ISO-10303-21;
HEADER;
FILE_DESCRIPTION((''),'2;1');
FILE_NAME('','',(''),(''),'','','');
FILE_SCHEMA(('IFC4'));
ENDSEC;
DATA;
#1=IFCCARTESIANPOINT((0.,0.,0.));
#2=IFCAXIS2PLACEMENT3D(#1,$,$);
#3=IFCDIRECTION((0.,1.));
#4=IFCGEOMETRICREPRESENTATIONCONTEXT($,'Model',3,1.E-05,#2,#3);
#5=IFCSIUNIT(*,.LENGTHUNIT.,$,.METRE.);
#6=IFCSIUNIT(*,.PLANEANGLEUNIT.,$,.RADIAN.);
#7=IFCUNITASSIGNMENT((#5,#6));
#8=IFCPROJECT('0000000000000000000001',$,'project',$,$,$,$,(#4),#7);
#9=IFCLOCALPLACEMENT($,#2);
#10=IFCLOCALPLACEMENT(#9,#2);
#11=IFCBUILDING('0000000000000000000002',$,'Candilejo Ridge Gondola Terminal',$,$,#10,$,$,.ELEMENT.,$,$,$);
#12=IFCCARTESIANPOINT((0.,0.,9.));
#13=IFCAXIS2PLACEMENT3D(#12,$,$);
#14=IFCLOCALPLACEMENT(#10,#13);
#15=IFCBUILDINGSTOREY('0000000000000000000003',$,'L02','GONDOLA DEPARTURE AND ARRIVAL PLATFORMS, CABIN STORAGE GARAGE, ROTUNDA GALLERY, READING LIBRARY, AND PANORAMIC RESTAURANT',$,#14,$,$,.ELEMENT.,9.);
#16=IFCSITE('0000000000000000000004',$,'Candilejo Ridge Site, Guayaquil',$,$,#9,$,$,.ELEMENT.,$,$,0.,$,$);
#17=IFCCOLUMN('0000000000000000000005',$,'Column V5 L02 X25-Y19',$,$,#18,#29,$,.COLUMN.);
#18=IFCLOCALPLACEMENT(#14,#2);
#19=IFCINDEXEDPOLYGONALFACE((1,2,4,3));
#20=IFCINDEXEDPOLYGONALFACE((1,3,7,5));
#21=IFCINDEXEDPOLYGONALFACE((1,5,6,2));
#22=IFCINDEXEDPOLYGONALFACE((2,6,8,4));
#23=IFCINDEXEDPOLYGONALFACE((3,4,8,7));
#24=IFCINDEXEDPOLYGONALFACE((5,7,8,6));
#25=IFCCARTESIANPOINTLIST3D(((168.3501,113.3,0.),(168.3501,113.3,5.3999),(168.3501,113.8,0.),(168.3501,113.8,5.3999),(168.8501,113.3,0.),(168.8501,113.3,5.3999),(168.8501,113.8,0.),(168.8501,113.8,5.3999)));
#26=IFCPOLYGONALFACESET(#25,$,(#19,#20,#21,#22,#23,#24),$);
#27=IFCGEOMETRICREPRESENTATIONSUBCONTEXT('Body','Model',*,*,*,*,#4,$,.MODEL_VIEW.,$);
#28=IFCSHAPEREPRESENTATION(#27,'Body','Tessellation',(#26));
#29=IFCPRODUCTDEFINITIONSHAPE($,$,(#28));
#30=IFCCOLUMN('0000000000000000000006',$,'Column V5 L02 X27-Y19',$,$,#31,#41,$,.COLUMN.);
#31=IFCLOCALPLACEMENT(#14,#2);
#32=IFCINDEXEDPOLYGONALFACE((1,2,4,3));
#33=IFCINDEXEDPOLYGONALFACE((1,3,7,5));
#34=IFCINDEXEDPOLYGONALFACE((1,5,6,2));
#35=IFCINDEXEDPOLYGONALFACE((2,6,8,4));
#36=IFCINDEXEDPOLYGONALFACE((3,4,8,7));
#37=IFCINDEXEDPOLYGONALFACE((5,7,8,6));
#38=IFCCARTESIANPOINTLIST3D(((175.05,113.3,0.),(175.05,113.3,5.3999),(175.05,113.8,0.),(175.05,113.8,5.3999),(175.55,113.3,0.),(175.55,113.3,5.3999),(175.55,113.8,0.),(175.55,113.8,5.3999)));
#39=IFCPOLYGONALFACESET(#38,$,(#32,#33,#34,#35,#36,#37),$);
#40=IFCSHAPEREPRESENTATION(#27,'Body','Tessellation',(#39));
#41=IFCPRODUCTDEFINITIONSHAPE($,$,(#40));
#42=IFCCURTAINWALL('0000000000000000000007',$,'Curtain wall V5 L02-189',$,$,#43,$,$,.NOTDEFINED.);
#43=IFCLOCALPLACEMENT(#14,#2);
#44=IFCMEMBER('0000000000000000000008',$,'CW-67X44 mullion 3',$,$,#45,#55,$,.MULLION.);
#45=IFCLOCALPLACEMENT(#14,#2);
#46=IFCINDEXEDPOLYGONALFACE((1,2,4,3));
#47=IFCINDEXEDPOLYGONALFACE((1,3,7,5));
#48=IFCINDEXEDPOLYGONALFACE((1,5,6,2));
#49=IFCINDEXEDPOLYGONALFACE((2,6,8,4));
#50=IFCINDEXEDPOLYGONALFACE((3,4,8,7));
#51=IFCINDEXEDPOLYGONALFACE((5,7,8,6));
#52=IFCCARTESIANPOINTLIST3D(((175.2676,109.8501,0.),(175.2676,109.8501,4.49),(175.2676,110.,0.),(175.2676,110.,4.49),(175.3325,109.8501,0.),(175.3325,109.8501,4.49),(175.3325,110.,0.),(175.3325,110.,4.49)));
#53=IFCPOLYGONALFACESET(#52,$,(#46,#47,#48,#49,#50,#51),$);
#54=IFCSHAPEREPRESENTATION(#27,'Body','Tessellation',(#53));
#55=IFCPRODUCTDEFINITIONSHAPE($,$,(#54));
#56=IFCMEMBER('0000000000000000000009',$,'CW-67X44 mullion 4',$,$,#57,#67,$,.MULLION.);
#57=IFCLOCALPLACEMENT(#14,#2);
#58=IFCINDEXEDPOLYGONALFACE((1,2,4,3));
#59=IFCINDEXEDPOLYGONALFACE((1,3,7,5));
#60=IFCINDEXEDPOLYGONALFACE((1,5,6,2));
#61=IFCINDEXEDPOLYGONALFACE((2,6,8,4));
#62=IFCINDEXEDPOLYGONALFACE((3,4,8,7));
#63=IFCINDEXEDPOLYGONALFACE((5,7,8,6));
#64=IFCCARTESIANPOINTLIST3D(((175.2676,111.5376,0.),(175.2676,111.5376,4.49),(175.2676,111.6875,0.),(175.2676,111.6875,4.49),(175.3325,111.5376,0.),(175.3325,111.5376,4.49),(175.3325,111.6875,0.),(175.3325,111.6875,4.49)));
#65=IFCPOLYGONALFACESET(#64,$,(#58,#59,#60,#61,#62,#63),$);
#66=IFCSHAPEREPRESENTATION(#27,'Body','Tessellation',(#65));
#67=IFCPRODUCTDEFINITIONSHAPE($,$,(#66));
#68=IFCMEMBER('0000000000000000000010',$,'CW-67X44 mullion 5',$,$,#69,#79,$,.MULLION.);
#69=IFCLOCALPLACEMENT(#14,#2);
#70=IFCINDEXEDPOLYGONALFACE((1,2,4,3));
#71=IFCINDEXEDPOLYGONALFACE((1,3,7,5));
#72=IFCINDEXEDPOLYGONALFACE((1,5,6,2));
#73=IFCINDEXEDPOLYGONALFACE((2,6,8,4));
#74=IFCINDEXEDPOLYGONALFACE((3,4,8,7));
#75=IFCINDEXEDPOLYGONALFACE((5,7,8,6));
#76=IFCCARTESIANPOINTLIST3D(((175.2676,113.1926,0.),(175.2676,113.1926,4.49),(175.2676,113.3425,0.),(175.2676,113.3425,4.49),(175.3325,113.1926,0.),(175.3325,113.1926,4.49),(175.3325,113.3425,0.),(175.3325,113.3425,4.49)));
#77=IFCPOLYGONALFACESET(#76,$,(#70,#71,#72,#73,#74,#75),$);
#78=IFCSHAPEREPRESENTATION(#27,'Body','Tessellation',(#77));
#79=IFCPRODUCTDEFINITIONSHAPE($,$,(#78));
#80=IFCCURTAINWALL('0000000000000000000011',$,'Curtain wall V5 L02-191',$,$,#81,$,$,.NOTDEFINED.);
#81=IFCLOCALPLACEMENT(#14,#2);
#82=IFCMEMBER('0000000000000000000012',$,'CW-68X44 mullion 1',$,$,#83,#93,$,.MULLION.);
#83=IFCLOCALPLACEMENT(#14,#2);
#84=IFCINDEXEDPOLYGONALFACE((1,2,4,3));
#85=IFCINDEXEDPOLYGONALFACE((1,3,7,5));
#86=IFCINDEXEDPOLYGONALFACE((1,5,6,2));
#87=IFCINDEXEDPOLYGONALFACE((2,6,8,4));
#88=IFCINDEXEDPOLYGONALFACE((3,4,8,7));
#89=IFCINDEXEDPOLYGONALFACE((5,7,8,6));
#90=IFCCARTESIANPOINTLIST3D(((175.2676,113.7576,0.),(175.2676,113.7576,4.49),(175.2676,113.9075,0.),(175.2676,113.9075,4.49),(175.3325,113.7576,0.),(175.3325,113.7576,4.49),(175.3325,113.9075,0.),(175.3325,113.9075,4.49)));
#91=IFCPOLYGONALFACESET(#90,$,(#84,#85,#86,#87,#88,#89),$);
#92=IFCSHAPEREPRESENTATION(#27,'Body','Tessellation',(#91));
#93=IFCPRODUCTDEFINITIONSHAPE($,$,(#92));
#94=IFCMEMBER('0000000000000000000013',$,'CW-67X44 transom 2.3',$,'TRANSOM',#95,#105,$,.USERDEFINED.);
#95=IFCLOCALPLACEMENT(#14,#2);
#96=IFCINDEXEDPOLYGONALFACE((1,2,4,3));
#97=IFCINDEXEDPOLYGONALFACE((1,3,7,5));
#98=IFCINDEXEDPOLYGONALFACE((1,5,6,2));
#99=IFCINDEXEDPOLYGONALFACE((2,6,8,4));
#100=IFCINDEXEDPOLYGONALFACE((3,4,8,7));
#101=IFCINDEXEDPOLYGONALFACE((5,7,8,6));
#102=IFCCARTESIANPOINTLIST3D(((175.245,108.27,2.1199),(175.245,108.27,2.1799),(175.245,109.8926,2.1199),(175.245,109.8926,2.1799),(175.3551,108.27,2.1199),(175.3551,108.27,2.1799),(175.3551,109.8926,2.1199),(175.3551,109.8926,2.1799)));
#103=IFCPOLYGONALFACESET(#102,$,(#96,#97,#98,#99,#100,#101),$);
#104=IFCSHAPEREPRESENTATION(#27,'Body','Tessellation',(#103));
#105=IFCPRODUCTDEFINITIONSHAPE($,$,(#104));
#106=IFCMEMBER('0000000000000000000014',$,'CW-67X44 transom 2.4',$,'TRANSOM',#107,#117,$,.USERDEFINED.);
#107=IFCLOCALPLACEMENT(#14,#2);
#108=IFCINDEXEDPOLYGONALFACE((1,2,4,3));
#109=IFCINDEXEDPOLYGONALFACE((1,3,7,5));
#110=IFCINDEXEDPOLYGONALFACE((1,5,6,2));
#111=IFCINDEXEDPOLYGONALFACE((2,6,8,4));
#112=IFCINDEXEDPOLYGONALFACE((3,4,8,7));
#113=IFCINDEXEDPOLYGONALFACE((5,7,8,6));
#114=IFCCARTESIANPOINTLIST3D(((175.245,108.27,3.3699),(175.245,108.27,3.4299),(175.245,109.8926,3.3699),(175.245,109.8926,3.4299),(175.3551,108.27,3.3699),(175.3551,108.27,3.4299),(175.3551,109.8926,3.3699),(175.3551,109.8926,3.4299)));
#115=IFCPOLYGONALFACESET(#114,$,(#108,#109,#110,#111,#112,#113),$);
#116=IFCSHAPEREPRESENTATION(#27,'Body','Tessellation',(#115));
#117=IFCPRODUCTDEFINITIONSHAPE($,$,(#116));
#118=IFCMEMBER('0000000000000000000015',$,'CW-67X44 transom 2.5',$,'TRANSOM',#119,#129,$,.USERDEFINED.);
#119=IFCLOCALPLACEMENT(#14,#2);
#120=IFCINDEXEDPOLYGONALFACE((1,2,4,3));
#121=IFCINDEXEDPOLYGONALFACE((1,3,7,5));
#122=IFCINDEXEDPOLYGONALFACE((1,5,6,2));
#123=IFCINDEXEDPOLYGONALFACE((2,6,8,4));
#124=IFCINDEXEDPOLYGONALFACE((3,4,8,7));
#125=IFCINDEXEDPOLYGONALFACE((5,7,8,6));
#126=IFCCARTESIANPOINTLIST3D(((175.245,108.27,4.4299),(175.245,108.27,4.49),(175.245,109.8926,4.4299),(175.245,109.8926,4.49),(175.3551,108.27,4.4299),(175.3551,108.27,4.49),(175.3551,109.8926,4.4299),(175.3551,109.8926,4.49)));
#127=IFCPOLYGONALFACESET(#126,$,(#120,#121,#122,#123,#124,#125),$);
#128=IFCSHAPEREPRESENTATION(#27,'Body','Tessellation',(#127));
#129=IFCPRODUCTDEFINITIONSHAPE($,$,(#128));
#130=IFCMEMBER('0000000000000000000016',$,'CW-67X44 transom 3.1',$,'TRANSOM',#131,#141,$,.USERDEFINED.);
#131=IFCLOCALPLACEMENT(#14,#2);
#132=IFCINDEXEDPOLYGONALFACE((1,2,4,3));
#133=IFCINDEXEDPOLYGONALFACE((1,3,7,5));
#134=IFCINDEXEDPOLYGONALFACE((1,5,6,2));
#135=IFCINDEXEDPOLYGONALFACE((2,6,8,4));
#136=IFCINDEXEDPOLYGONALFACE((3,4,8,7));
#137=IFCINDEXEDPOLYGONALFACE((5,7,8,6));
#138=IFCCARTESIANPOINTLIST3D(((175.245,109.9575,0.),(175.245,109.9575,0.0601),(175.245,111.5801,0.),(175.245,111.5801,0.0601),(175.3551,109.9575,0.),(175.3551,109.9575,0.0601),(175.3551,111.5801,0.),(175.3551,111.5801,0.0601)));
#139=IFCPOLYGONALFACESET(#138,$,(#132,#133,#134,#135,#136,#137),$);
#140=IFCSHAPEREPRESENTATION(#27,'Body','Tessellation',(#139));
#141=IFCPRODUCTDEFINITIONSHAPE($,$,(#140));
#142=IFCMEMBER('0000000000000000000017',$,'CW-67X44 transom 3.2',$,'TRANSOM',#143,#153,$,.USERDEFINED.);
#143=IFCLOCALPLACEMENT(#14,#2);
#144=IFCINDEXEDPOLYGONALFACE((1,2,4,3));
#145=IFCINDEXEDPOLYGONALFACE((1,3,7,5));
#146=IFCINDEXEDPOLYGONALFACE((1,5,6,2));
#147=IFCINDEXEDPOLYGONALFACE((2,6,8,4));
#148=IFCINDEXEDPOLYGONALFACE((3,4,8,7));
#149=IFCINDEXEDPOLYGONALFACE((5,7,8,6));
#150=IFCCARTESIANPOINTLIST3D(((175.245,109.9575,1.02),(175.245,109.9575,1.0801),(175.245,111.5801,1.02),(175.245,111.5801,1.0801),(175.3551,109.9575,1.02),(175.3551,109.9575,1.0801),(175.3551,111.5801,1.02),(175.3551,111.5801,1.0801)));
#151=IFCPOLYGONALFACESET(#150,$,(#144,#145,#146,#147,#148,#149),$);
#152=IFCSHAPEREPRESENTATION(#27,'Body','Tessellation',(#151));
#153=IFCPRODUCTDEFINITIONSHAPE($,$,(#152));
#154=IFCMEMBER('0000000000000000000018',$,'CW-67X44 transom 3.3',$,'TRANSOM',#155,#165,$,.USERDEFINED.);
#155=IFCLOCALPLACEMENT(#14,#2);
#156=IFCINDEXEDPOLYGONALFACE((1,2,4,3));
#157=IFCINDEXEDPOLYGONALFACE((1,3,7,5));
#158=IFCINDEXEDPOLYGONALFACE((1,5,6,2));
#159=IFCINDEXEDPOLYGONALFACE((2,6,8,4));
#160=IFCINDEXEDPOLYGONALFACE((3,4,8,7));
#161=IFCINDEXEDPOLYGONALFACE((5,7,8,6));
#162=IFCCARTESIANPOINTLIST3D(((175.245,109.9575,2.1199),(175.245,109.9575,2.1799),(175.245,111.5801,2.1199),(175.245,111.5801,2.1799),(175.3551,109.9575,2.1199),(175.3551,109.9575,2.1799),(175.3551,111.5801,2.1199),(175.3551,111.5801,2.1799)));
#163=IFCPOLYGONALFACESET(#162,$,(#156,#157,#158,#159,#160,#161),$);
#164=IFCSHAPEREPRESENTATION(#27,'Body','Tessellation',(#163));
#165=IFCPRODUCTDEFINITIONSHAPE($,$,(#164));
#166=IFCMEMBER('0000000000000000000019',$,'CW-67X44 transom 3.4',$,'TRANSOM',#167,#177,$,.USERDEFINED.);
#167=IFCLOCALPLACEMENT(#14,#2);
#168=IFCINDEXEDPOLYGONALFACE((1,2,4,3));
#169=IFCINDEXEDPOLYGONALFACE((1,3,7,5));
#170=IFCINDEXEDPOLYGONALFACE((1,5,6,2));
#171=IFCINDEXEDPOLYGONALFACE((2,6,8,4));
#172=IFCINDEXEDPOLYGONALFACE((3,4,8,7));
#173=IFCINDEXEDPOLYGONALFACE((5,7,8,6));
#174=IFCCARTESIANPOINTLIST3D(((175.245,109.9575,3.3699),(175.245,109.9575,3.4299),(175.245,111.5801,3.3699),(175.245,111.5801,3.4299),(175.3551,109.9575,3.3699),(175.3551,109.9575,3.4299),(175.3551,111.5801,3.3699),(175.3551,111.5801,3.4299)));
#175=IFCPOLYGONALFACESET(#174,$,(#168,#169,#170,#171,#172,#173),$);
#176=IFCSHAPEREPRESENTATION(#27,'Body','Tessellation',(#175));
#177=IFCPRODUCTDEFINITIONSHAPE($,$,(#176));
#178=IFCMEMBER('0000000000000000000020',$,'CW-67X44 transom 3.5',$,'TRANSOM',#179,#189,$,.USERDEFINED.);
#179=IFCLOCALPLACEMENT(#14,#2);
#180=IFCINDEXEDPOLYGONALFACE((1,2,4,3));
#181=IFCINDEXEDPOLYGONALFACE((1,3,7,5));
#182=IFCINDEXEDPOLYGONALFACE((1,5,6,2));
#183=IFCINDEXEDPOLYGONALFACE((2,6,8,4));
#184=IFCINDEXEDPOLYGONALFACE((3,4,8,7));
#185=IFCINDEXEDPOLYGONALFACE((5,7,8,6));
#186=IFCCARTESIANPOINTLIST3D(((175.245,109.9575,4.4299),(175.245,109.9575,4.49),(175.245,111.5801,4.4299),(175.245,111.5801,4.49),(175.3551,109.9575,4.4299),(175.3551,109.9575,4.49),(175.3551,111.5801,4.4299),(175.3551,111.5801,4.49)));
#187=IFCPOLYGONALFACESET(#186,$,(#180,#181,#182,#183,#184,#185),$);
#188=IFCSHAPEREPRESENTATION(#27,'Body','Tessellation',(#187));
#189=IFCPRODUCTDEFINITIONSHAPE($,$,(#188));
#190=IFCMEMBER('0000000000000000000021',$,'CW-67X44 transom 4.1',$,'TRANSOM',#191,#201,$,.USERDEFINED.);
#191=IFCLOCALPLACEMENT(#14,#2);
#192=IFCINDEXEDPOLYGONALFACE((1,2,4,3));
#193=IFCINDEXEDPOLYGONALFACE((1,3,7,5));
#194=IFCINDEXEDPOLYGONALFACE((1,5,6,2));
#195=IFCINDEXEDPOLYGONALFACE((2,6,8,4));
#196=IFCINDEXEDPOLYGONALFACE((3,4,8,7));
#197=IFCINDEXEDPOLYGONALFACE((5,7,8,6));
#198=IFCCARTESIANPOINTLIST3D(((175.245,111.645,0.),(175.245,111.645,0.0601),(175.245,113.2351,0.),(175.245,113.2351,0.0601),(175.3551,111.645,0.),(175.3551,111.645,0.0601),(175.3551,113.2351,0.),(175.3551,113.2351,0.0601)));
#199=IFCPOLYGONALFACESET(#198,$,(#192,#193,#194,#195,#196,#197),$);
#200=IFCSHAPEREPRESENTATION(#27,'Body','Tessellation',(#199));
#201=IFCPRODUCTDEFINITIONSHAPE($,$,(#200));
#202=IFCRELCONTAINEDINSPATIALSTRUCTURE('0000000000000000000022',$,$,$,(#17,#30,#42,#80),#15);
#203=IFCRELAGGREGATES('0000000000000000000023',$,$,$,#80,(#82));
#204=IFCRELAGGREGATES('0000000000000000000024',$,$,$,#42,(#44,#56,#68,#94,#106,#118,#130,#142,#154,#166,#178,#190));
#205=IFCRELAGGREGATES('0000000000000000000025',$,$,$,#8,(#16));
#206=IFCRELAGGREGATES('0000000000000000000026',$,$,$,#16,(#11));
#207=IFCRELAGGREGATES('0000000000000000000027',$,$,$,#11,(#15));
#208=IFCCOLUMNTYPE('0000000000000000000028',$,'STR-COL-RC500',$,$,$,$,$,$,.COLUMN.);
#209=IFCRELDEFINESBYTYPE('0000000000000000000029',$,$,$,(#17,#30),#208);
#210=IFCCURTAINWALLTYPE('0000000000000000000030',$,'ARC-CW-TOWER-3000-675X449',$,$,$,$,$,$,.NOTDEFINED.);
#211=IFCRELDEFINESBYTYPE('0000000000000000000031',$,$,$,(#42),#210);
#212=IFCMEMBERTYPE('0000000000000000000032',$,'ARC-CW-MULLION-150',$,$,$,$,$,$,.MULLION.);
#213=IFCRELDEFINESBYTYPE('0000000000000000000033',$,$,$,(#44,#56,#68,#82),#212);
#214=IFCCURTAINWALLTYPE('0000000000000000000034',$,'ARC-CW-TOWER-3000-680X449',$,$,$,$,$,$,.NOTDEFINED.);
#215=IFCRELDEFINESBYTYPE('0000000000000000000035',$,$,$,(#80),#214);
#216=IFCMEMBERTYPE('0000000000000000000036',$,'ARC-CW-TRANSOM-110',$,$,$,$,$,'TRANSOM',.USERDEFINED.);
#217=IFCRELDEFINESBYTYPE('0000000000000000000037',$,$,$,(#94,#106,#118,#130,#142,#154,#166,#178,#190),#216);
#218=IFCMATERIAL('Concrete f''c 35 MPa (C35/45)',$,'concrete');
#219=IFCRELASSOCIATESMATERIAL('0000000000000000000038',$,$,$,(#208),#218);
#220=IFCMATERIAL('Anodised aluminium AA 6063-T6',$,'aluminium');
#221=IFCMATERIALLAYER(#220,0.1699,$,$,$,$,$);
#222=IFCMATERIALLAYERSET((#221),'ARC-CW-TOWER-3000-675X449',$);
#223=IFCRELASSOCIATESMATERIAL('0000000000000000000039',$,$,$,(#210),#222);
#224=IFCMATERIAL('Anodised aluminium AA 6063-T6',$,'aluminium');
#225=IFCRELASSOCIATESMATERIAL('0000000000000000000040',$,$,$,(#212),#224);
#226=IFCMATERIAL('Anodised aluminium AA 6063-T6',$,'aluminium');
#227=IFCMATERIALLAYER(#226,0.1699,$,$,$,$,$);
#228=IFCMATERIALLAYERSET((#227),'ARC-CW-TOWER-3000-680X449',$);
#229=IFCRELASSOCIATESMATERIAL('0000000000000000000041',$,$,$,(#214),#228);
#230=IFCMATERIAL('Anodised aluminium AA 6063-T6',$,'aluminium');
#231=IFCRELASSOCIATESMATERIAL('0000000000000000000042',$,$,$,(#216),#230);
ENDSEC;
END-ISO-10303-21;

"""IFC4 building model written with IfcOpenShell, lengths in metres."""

from ifc_helpers import new_model, si_unit, direction, frame, origin, origin_2d, place, context, subcontext, project, spatial, rectangle, extrude, material, layer, layer_set, material_profile, profile_set, type_object, element, aggregate, save


model = new_model("IFC4")

# Units and contexts
model_context = context("Model", 3, precision=1e-05, world=origin(), true_north=direction((0.0, 1.0)))
body_context = subcontext(model_context, "Body", "Model", "MODEL_VIEW")
ifc_project = project(units=[si_unit("LENGTHUNIT", "METRE"), si_unit("PLANEANGLEUNIT", "RADIAN")], contexts=[model_context])

# Site, building, storey
site_placement = place(None, origin())
site = spatial("IfcSite", under=ifc_project, at=site_placement, Name="Candilejo Ridge Site, Guayaquil", CompositionType="ELEMENT", RefElevation=0.0)
building_placement = place(site_placement, origin())
building = spatial("IfcBuilding", under=site, at=building_placement, Name="Candilejo Ridge Gondola Terminal", CompositionType="ELEMENT")
storey_placement = place(building_placement, frame((0.0, 0.0, 9.0)))
storey = spatial("IfcBuildingStorey", under=building, at=storey_placement, Name="L02", Description="GONDOLA DEPARTURE AND ARRIVAL PLATFORMS, CABIN STORAGE GARAGE, ROTUNDA GALLERY, READING LIBRARY, AND PANORAMIC RESTAURANT", CompositionType="ELEMENT", Elevation=9.0)

# Columns
ifc_material_1 = material(Name="Concrete f'c 35 MPa (C35/45)", Category="concrete")
ifc_material_profile_1 = material_profile(ifc_material_1, rectangle(XDim=0.5, YDim=0.5, at=origin_2d()))
ifc_profile_set_1 = profile_set([ifc_material_profile_1], Name="Concrete f'c 35 MPa (C35/45)")
column_type = type_object("IfcColumnType", Name="STR-COL-RC500", PredefinedType="COLUMN", material=ifc_profile_set_1)
for number, where, z_axis, x_axis, name in (
    (1, (168.6001, 113.55, 0.0), (0.0, 0.0, 1.0), (1.0, 0.0, 0.0), "Column V5 L02 X25-Y19"),
    (2, (175.3, 113.55, 0.0), (0.0, 0.0, 1.0), (1.0, 0.0, 0.0), "Column V5 L02 X27-Y19"),
):
    element("IfcColumn", number, at=place(storey_placement, frame(where, z_axis=z_axis, x_axis=x_axis)), inside=storey, type_object=column_type, Name=name, PredefinedType="COLUMN", context=body_context, shape_type="SweptSolid", body=[
        extrude(rectangle(XDim=0.5, YDim=0.5, at=origin_2d()), origin(), (0.0, 0.0, 1.0), 5.3999),
    ])

# Curtain wall, members
ifc_material_2 = material(Name="Anodised aluminium AA 6063-T6", Category="aluminium")
ifc_layer_1 = layer(ifc_material_2, 0.1699)
ifc_layer_set_1 = layer_set([ifc_layer_1], Name="ARC-CW-TOWER-3000-675X449")
curtain_wall_type_1 = type_object("IfcCurtainWallType", Name="ARC-CW-TOWER-3000-675X449", PredefinedType="NOTDEFINED", material=ifc_layer_set_1)
curtain_wall_1_placement = place(storey_placement, origin())
curtain_wall_1 = element("IfcCurtainWall", 3, at=curtain_wall_1_placement, inside=storey, type_object=curtain_wall_type_1, Name="Curtain wall V5 L02-189", PredefinedType="NOTDEFINED")
ifc_material_3 = material(Name="Anodised aluminium AA 6063-T6", Category="aluminium")
ifc_material_profile_2 = material_profile(ifc_material_3, rectangle(XDim=0.0649, YDim=0.1499, at=origin_2d()))
ifc_profile_set_2 = profile_set([ifc_material_profile_2], Name="Anodised aluminium AA 6063-T6")
member_type_1 = type_object("IfcMemberType", Name="ARC-CW-MULLION-150", PredefinedType="MULLION", material=ifc_profile_set_2)
member_1_placement = place(storey_placement, frame((175.3, 109.925, 0.0), z_axis=(0.0, 0.0, 1.0), x_axis=(-1.0, 0.0, 0.0)))
member_1 = element("IfcMember", 4, at=member_1_placement, type_object=member_type_1, Name="CW-67X44 mullion 3", PredefinedType="MULLION", context=body_context, shape_type="SweptSolid", body=[
    extrude(rectangle(XDim=0.0649, YDim=0.1499, at=origin_2d()), origin(), (0.0, 0.0, 1.0), 4.49),
])
member_2_placement = place(storey_placement, frame((175.3, 111.6125, 0.0), z_axis=(0.0, 0.0, 1.0), x_axis=(-1.0, 0.0, 0.0)))
member_2 = element("IfcMember", 5, at=member_2_placement, type_object=member_type_1, Name="CW-67X44 mullion 4", PredefinedType="MULLION", context=body_context, shape_type="SweptSolid", body=[
    extrude(rectangle(XDim=0.0649, YDim=0.1499, at=origin_2d()), origin(), (0.0, 0.0, 1.0), 4.49),
])
member_3_placement = place(storey_placement, frame((175.3, 113.2676, 0.0), z_axis=(0.0, 0.0, 1.0), x_axis=(-1.0, 0.0, 0.0)))
member_3 = element("IfcMember", 6, at=member_3_placement, type_object=member_type_1, Name="CW-67X44 mullion 5", PredefinedType="MULLION", context=body_context, shape_type="SweptSolid", body=[
    extrude(rectangle(XDim=0.0649, YDim=0.1499, at=origin_2d()), origin(), (0.0, 0.0, 1.0), 4.49),
])

# Curtain wall, member
ifc_material_4 = material(Name="Anodised aluminium AA 6063-T6", Category="aluminium")
ifc_layer_2 = layer(ifc_material_4, 0.1699)
ifc_layer_set_2 = layer_set([ifc_layer_2], Name="ARC-CW-TOWER-3000-680X449")
curtain_wall_type_2 = type_object("IfcCurtainWallType", Name="ARC-CW-TOWER-3000-680X449", PredefinedType="NOTDEFINED", material=ifc_layer_set_2)
curtain_wall_2_placement = place(storey_placement, origin())
curtain_wall_2 = element("IfcCurtainWall", 7, at=curtain_wall_2_placement, inside=storey, type_object=curtain_wall_type_2, Name="Curtain wall V5 L02-191", PredefinedType="NOTDEFINED")
member_4_placement = place(storey_placement, frame((175.3, 113.8325, 0.0), z_axis=(0.0, 0.0, 1.0), x_axis=(-1.0, 0.0, 0.0)))
member_4 = element("IfcMember", 8, at=member_4_placement, type_object=member_type_1, Name="CW-68X44 mullion 1", PredefinedType="MULLION", context=body_context, shape_type="SweptSolid", body=[
    extrude(rectangle(XDim=0.0649, YDim=0.1499, at=origin_2d()), origin(), (0.0, 0.0, 1.0), 4.49),
])
aggregate(curtain_wall_2, [member_4])

# Members
ifc_material_5 = material(Name="Anodised aluminium AA 6063-T6", Category="aluminium")
ifc_material_profile_3 = material_profile(ifc_material_5, rectangle(XDim=0.1101, YDim=0.0601, at=origin_2d()))
ifc_profile_set_3 = profile_set([ifc_material_profile_3], Name="Anodised aluminium AA 6063-T6")
member_type_2 = type_object("IfcMemberType", Name="ARC-CW-TRANSOM-110", ElementType="TRANSOM", PredefinedType="USERDEFINED", material=ifc_profile_set_3)
member_5_placement = place(storey_placement, frame((175.3, 108.27, 2.1499), z_axis=(0.0, 1.0, 0.0), x_axis=(-1.0, 0.0, 0.0)))
member_5 = element("IfcMember", 9, at=member_5_placement, type_object=member_type_2, Name="CW-67X44 transom 2.3", ObjectType="TRANSOM", PredefinedType="USERDEFINED", context=body_context, shape_type="SweptSolid", body=[
    extrude(rectangle(XDim=0.1101, YDim=0.0601, at=origin_2d()), origin(), (0.0, 0.0, 1.0), 1.6226),
])
member_6_placement = place(storey_placement, frame((175.3, 108.27, 3.3999), z_axis=(0.0, 1.0, 0.0), x_axis=(-1.0, 0.0, 0.0)))
member_6 = element("IfcMember", 10, at=member_6_placement, type_object=member_type_2, Name="CW-67X44 transom 2.4", ObjectType="TRANSOM", PredefinedType="USERDEFINED", context=body_context, shape_type="SweptSolid", body=[
    extrude(rectangle(XDim=0.1101, YDim=0.0601, at=origin_2d()), origin(), (0.0, 0.0, 1.0), 1.6226),
])
member_7_placement = place(storey_placement, frame((175.3, 108.27, 4.46), z_axis=(0.0, 1.0, 0.0), x_axis=(-1.0, 0.0, 0.0)))
member_7 = element("IfcMember", 11, at=member_7_placement, type_object=member_type_2, Name="CW-67X44 transom 2.5", ObjectType="TRANSOM", PredefinedType="USERDEFINED", context=body_context, shape_type="SweptSolid", body=[
    extrude(rectangle(XDim=0.1101, YDim=0.0601, at=origin_2d()), origin(), (0.0, 0.0, 1.0), 1.6226),
])
member_8_placement = place(storey_placement, frame((175.3, 109.9575, 0.03), z_axis=(0.0, 1.0, 0.0), x_axis=(-1.0, 0.0, 0.0)))
member_8 = element("IfcMember", 12, at=member_8_placement, type_object=member_type_2, Name="CW-67X44 transom 3.1", ObjectType="TRANSOM", PredefinedType="USERDEFINED", context=body_context, shape_type="SweptSolid", body=[
    extrude(rectangle(XDim=0.1101, YDim=0.0601, at=origin_2d()), origin(), (0.0, 0.0, 1.0), 1.6226),
])
member_9_placement = place(storey_placement, frame((175.3, 109.9575, 1.05), z_axis=(0.0, 1.0, 0.0), x_axis=(-1.0, 0.0, 0.0)))
member_9 = element("IfcMember", 13, at=member_9_placement, type_object=member_type_2, Name="CW-67X44 transom 3.2", ObjectType="TRANSOM", PredefinedType="USERDEFINED", context=body_context, shape_type="SweptSolid", body=[
    extrude(rectangle(XDim=0.1101, YDim=0.0601, at=origin_2d()), origin(), (0.0, 0.0, 1.0), 1.6226),
])
member_10_placement = place(storey_placement, frame((175.3, 109.9575, 2.1499), z_axis=(0.0, 1.0, 0.0), x_axis=(-1.0, 0.0, 0.0)))
member_10 = element("IfcMember", 14, at=member_10_placement, type_object=member_type_2, Name="CW-67X44 transom 3.3", ObjectType="TRANSOM", PredefinedType="USERDEFINED", context=body_context, shape_type="SweptSolid", body=[
    extrude(rectangle(XDim=0.1101, YDim=0.0601, at=origin_2d()), origin(), (0.0, 0.0, 1.0), 1.6226),
])
member_11_placement = place(storey_placement, frame((175.3, 109.9575, 3.3999), z_axis=(0.0, 1.0, 0.0), x_axis=(-1.0, 0.0, 0.0)))
member_11 = element("IfcMember", 15, at=member_11_placement, type_object=member_type_2, Name="CW-67X44 transom 3.4", ObjectType="TRANSOM", PredefinedType="USERDEFINED", context=body_context, shape_type="SweptSolid", body=[
    extrude(rectangle(XDim=0.1101, YDim=0.0601, at=origin_2d()), origin(), (0.0, 0.0, 1.0), 1.6226),
])
member_12_placement = place(storey_placement, frame((175.3, 109.9575, 4.46), z_axis=(0.0, 1.0, 0.0), x_axis=(-1.0, 0.0, 0.0)))
member_12 = element("IfcMember", 16, at=member_12_placement, type_object=member_type_2, Name="CW-67X44 transom 3.5", ObjectType="TRANSOM", PredefinedType="USERDEFINED", context=body_context, shape_type="SweptSolid", body=[
    extrude(rectangle(XDim=0.1101, YDim=0.0601, at=origin_2d()), origin(), (0.0, 0.0, 1.0), 1.6226),
])
member_13_placement = place(storey_placement, frame((175.3, 111.645, 0.03), z_axis=(0.0, 1.0, 0.0), x_axis=(-1.0, 0.0, 0.0)))
member_13 = element("IfcMember", 17, at=member_13_placement, type_object=member_type_2, Name="CW-67X44 transom 4.1", ObjectType="TRANSOM", PredefinedType="USERDEFINED", context=body_context, shape_type="SweptSolid", body=[
    extrude(rectangle(XDim=0.1101, YDim=0.0601, at=origin_2d()), origin(), (0.0, 0.0, 1.0), 1.5901),
])

aggregate(curtain_wall_1, [member_1, member_2, member_3, member_5, member_6, member_7, member_8, member_9, member_10, member_11, member_12, member_13])

save(model, "model.ifc")
